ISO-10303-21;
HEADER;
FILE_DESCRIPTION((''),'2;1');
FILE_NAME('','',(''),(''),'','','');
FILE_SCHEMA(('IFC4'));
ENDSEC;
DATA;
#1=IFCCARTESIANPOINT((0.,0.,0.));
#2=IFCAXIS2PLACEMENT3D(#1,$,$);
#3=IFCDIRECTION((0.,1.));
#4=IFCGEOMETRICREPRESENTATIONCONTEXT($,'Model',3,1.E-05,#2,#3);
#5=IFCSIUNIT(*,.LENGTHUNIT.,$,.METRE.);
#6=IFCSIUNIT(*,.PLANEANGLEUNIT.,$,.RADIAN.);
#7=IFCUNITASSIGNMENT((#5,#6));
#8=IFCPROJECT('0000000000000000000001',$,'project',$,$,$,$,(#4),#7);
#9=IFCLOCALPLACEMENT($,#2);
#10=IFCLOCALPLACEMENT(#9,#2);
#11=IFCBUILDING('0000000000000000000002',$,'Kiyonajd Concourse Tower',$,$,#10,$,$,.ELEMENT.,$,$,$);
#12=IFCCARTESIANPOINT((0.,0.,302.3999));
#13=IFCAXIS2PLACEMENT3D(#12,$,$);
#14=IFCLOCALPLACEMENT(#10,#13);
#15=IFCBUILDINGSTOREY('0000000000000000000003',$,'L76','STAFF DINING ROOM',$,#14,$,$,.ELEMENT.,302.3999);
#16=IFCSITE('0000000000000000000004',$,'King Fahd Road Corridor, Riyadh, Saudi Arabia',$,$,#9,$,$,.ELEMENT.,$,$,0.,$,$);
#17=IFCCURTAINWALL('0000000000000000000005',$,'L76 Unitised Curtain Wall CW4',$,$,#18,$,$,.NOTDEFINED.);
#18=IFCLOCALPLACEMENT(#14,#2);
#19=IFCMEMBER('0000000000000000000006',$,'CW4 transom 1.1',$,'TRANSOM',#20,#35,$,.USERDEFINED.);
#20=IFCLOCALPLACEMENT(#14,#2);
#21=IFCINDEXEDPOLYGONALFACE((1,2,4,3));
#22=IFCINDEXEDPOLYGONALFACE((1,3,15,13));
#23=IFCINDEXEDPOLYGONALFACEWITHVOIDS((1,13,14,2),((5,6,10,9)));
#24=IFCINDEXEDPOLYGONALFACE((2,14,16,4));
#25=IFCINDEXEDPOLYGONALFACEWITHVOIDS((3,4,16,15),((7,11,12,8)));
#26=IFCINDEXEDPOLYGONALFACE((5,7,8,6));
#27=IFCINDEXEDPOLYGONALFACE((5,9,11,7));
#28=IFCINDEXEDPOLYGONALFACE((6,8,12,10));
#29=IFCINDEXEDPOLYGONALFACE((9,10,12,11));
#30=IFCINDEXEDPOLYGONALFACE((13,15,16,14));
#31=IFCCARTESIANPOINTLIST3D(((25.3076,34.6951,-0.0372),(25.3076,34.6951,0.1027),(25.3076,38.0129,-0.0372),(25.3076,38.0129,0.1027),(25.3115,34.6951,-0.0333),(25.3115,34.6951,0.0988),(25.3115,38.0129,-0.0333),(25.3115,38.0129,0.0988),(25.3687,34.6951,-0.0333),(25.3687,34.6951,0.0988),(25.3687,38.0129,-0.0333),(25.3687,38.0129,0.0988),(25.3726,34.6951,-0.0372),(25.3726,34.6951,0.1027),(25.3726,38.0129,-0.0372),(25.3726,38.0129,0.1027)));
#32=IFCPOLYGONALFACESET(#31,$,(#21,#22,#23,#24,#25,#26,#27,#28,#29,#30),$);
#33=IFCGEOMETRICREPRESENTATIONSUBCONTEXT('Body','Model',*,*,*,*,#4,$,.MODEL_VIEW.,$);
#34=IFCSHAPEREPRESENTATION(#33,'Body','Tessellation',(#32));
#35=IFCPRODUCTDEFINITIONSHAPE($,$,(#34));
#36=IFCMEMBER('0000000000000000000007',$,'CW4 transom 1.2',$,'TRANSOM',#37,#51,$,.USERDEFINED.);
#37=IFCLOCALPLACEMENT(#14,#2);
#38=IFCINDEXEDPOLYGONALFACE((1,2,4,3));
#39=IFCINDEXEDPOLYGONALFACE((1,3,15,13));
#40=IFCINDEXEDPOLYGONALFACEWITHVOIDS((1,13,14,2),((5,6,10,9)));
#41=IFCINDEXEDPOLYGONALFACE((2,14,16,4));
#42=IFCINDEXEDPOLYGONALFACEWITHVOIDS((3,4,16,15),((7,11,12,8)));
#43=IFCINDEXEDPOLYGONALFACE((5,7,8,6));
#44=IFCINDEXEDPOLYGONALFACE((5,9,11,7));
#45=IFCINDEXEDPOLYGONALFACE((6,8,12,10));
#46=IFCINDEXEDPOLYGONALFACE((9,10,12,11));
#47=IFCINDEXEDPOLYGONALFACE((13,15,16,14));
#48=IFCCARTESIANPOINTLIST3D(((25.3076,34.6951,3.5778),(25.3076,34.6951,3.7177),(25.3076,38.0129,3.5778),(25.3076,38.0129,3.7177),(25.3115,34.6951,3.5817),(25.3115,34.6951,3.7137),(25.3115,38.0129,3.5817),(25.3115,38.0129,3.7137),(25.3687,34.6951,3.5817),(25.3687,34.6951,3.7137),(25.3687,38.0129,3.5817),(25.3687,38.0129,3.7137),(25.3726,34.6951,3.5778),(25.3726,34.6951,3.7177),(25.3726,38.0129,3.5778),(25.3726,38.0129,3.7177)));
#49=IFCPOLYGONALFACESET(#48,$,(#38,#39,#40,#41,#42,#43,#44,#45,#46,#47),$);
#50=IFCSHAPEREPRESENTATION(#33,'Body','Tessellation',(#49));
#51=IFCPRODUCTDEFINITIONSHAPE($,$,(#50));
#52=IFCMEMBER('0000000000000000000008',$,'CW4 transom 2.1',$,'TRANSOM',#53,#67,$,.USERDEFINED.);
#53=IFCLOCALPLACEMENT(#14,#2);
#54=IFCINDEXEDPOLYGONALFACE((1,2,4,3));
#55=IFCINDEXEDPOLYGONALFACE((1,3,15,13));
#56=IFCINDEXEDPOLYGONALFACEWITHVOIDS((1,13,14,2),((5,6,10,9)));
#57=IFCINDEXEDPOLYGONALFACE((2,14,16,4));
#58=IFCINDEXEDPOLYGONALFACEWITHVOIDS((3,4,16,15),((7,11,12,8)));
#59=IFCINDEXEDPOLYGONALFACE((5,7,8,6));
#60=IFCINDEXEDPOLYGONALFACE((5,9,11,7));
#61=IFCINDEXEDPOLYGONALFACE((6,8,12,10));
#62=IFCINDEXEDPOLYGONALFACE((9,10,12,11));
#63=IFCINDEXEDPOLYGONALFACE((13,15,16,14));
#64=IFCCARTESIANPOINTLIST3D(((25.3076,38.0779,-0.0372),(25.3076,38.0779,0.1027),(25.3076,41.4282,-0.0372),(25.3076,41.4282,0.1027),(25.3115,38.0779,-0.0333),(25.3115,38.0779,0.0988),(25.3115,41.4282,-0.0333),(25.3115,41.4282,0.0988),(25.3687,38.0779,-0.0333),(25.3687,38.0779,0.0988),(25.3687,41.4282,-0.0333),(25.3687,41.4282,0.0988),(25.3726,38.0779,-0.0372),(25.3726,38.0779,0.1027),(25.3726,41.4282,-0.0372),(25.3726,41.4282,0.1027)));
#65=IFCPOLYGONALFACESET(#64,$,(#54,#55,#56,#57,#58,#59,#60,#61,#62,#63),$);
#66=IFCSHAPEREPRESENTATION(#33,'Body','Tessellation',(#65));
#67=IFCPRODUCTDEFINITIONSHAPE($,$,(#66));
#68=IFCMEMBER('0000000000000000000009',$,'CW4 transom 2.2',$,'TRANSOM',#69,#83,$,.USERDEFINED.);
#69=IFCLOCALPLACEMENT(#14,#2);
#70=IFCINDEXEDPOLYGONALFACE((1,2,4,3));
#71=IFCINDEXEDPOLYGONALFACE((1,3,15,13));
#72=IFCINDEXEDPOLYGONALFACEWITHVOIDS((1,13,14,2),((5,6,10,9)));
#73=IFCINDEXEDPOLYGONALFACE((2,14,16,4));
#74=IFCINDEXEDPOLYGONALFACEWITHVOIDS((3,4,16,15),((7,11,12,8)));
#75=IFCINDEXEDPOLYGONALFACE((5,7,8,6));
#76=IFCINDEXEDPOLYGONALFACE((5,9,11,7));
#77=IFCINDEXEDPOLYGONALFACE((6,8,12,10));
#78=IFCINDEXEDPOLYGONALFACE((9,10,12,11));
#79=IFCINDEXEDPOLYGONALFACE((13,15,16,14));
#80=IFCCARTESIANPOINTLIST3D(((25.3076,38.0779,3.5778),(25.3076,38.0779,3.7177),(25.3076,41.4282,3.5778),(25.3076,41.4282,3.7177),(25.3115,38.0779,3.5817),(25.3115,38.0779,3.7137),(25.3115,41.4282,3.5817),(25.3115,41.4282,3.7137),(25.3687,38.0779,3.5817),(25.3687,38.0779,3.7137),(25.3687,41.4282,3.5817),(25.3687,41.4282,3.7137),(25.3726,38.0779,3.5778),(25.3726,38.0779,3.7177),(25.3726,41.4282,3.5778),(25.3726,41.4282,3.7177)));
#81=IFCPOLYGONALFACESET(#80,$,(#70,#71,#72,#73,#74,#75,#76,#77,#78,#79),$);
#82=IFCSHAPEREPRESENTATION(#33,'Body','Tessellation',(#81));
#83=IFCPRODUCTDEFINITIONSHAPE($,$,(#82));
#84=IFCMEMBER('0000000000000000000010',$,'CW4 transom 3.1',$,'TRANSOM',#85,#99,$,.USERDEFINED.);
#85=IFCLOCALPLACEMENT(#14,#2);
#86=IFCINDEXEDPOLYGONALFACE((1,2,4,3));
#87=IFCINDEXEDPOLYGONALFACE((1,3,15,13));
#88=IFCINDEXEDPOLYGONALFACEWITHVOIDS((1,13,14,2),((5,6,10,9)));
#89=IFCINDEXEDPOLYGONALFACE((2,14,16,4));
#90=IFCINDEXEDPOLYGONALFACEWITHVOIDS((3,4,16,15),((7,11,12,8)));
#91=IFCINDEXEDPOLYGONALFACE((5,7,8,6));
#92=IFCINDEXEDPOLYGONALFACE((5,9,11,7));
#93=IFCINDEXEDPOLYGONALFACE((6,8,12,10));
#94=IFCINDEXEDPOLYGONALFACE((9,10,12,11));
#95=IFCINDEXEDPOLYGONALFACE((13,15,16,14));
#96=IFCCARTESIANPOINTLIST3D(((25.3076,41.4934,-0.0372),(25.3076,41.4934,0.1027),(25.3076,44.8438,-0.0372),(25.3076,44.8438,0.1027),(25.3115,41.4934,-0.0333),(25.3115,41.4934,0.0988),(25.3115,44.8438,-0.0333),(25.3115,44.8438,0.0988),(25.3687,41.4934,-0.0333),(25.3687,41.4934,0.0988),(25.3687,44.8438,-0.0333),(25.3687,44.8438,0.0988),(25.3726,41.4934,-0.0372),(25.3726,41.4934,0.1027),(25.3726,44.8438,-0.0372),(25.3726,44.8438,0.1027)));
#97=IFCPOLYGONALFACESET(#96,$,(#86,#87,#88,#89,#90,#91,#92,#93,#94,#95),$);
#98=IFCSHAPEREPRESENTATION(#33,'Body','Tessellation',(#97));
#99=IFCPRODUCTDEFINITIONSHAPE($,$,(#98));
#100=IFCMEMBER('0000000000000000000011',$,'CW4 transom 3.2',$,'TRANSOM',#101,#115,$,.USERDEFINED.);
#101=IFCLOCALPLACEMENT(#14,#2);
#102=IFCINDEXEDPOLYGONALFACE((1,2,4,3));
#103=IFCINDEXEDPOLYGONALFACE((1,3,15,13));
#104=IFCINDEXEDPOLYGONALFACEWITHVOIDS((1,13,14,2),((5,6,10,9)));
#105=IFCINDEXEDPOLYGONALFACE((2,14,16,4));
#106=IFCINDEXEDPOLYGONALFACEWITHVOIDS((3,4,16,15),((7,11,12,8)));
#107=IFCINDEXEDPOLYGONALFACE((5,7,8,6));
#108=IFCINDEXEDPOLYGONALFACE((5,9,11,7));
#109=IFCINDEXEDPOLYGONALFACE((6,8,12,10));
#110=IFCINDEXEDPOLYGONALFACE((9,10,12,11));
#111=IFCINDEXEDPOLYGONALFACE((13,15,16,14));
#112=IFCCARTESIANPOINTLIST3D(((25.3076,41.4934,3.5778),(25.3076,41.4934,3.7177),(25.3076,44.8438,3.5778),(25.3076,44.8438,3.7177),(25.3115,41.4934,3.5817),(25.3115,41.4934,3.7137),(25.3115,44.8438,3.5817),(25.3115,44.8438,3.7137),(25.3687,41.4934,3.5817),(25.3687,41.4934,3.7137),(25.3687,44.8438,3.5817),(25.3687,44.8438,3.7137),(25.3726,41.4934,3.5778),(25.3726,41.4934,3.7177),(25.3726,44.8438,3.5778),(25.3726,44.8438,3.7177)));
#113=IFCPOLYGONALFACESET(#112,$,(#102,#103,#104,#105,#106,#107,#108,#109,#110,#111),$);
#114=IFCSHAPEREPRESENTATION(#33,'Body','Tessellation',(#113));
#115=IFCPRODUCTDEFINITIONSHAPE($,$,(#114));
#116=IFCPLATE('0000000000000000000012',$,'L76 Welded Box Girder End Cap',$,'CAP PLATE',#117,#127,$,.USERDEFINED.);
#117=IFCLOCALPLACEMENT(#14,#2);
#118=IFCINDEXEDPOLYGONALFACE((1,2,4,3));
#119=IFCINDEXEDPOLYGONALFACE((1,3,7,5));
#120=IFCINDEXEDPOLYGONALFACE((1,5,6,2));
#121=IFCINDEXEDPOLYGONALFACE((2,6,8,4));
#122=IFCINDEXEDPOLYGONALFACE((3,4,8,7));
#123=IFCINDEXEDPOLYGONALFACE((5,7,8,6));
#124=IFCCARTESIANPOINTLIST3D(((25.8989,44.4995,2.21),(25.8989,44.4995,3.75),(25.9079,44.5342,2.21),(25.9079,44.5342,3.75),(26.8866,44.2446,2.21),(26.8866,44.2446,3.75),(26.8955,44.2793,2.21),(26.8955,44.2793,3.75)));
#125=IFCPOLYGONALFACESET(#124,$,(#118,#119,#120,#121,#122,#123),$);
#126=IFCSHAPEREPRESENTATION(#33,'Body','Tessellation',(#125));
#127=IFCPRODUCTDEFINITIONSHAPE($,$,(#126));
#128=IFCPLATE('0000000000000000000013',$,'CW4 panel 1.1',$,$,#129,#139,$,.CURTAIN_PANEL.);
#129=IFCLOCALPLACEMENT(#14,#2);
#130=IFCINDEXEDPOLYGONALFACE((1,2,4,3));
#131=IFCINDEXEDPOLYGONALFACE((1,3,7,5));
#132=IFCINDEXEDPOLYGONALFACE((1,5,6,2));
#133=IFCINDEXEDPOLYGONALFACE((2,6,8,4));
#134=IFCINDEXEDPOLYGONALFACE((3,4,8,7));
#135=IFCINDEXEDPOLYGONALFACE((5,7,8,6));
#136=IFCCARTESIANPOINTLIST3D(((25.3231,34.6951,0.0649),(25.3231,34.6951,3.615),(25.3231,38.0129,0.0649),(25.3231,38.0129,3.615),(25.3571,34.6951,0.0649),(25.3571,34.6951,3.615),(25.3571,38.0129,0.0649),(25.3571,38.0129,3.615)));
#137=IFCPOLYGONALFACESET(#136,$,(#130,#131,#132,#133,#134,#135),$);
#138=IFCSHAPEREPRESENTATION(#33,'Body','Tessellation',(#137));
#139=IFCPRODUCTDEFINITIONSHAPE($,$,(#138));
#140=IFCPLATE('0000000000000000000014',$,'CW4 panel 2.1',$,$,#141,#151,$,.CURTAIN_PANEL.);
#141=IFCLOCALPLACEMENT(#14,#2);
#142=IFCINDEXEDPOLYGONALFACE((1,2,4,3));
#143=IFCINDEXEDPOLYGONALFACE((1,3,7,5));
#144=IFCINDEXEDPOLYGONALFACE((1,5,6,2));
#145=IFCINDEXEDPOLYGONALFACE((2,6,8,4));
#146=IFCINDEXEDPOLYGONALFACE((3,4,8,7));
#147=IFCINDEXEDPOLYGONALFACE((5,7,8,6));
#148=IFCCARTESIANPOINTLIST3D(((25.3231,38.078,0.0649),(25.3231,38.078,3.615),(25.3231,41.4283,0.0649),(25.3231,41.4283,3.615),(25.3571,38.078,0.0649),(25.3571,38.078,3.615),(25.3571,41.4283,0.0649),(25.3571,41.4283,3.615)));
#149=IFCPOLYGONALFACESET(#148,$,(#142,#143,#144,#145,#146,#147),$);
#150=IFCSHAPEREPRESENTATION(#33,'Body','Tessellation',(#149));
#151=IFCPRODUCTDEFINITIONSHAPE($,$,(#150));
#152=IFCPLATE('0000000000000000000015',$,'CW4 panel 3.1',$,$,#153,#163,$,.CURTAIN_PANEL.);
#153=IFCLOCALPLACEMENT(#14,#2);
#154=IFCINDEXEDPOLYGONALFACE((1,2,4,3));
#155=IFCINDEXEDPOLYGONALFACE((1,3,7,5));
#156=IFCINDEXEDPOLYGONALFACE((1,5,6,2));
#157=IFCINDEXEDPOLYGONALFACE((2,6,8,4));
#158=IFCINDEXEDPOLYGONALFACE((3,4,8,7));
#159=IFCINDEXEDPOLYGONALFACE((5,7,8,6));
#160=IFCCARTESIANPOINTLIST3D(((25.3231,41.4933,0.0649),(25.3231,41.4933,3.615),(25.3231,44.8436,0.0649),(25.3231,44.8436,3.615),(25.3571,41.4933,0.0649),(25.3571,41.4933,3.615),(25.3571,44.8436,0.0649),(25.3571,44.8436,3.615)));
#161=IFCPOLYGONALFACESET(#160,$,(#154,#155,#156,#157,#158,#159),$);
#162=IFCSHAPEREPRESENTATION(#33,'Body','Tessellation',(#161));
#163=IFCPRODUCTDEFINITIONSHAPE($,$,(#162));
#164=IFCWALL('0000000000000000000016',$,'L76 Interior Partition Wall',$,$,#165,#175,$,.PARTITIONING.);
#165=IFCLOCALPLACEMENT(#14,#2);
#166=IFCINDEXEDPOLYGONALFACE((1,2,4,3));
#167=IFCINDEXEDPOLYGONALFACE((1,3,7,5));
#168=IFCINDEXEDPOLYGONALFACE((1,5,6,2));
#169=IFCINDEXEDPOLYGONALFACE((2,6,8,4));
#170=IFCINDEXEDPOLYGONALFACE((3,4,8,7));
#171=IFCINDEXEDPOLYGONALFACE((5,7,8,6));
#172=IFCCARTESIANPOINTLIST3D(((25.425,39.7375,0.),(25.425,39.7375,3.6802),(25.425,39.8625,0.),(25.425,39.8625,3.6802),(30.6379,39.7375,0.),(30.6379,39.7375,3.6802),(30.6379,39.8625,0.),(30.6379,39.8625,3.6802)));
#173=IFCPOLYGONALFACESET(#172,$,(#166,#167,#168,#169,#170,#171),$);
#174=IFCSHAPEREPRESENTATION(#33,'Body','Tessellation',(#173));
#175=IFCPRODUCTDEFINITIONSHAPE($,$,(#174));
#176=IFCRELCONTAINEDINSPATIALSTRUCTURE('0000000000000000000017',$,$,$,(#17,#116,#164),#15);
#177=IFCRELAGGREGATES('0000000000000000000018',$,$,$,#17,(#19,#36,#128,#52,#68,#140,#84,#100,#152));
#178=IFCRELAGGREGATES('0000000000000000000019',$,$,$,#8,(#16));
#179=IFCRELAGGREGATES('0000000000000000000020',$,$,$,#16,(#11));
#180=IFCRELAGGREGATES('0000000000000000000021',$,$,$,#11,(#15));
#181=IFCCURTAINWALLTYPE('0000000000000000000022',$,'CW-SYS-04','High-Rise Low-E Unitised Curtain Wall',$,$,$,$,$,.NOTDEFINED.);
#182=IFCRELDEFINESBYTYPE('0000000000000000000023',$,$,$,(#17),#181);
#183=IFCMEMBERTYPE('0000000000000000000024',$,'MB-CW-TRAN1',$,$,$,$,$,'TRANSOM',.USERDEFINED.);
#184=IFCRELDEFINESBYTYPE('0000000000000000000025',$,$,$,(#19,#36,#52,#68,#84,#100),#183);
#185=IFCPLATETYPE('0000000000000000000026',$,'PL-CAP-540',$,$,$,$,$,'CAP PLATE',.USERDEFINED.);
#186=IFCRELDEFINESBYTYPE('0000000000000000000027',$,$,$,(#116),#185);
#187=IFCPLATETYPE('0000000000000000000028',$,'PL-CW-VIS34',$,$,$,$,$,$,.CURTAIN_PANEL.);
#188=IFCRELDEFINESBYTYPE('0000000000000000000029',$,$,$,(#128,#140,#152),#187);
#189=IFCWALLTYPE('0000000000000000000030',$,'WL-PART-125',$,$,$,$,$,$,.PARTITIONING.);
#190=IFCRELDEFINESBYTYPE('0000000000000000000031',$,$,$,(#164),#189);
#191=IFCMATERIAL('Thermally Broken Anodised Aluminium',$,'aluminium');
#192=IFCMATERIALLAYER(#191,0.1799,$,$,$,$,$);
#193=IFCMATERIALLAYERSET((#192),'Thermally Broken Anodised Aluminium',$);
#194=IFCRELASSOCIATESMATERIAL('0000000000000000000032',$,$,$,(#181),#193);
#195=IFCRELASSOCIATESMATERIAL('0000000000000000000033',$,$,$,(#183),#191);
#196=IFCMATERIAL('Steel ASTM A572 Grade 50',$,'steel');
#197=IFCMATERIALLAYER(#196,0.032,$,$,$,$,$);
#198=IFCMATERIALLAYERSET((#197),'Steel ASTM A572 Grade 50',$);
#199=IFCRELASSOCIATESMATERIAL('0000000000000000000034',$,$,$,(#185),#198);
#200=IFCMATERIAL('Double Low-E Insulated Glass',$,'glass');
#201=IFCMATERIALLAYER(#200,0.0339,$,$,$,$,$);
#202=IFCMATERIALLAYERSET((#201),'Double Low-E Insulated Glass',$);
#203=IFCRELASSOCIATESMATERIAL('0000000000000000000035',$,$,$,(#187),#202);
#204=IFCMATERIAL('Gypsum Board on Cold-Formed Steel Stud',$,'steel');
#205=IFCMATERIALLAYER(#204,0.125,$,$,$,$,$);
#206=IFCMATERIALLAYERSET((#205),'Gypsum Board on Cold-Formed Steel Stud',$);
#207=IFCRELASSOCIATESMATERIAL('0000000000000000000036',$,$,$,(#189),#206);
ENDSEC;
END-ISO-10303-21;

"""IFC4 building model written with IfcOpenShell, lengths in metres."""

from ifc_helpers import new_model, si_unit, direction, frame, frame_2d, origin, origin_2d, place, context, subcontext, project, spatial, rectangle, hollow_rectangle, extrude, material, layer, layer_set, material_profile, profile_set, type_object, element, aggregate, save


model = new_model("IFC4")

# Units and contexts
model_context = context("Model", 3, precision=1e-05, world=origin(), true_north=direction((0.0, 1.0)))
body_context = subcontext(model_context, "Body", "Model", "MODEL_VIEW")
ifc_project = project(units=[si_unit("LENGTHUNIT", "METRE"), si_unit("PLANEANGLEUNIT", "RADIAN")], contexts=[model_context])

# Site, building, storey
site_placement = place(None, origin())
site = spatial("IfcSite", under=ifc_project, at=site_placement, Name="King Fahd Road Corridor, Riyadh, Saudi Arabia", CompositionType="ELEMENT", RefElevation=0.0)
building_placement = place(site_placement, origin())
building = spatial("IfcBuilding", under=site, at=building_placement, Name="Kiyonajd Concourse Tower", CompositionType="ELEMENT")
storey_placement = place(building_placement, frame((0.0, 0.0, 302.3999)))
storey = spatial("IfcBuildingStorey", under=building, at=storey_placement, Name="L76", Description="STAFF DINING ROOM", CompositionType="ELEMENT", Elevation=302.3999)

# Curtain wall, members
ifc_material_1 = material(Name="Thermally Broken Anodised Aluminium", Category="aluminium")
ifc_layer_1 = layer(ifc_material_1, 0.1799)
ifc_layer_set_1 = layer_set([ifc_layer_1], Name="Thermally Broken Anodised Aluminium")
curtain_wall_type = type_object("IfcCurtainWallType", Name="CW-SYS-04", Description="High-Rise Low-E Unitised Curtain Wall", PredefinedType="NOTDEFINED", material=ifc_layer_set_1)
curtain_wall_placement = place(storey_placement, origin())
curtain_wall = element("IfcCurtainWall", 1, at=curtain_wall_placement, inside=storey, type_object=curtain_wall_type, Name="L76 Unitised Curtain Wall CW4", PredefinedType="NOTDEFINED")
ifc_material_profile_1 = material_profile(ifc_material_1, hollow_rectangle(XDim=0.0649, YDim=0.1399, WallThickness=0.0039, at=origin_2d()), Name="TRAN-65x140")
ifc_profile_set_1 = profile_set([ifc_material_profile_1], Name="Thermally Broken Anodised Aluminium")
member_type_1 = type_object("IfcMemberType", Name="MB-CW-TRAN1", ElementType="TRANSOM", PredefinedType="USERDEFINED", material=ifc_profile_set_1)
member_1_placement = place(storey_placement, frame((25.3401, 34.6951, 0.0327), z_axis=(0.0, 1.0, 0.0), x_axis=(-1.0, 0.0, 0.0)))
member_1 = element("IfcMember", 2, at=member_1_placement, type_object=member_type_1, Name="CW4 transom 1.1", ObjectType="TRANSOM", PredefinedType="USERDEFINED", context=body_context, shape_type="SweptSolid", body=[
    extrude(hollow_rectangle(XDim=0.0649, YDim=0.1399, WallThickness=0.0039, at=origin_2d()), origin(), (0.0, 0.0, 1.0), 3.3179),
])
member_2_placement = place(storey_placement, frame((25.3401, 34.6951, 3.6477), z_axis=(0.0, 1.0, 0.0), x_axis=(-1.0, 0.0, 0.0)))
member_2 = element("IfcMember", 3, at=member_2_placement, type_object=member_type_1, Name="CW4 transom 1.2", ObjectType="TRANSOM", PredefinedType="USERDEFINED", context=body_context, shape_type="SweptSolid", body=[
    extrude(hollow_rectangle(XDim=0.0649, YDim=0.1399, WallThickness=0.0039, at=origin_2d()), origin(), (0.0, 0.0, 1.0), 3.3179),
])
member_3_placement = place(storey_placement, frame((25.3401, 38.0779, 0.0327), z_axis=(0.0, 1.0, 0.0), x_axis=(-1.0, 0.0, 0.0)))
member_3 = element("IfcMember", 4, at=member_3_placement, type_object=member_type_1, Name="CW4 transom 2.1", ObjectType="TRANSOM", PredefinedType="USERDEFINED", context=body_context, shape_type="SweptSolid", body=[
    extrude(hollow_rectangle(XDim=0.0649, YDim=0.1399, WallThickness=0.0039, at=origin_2d()), origin(), (0.0, 0.0, 1.0), 3.3503),
])
member_4_placement = place(storey_placement, frame((25.3401, 38.0779, 3.6477), z_axis=(0.0, 1.0, 0.0), x_axis=(-1.0, 0.0, 0.0)))
member_4 = element("IfcMember", 5, at=member_4_placement, type_object=member_type_1, Name="CW4 transom 2.2", ObjectType="TRANSOM", PredefinedType="USERDEFINED", context=body_context, shape_type="SweptSolid", body=[
    extrude(hollow_rectangle(XDim=0.0649, YDim=0.1399, WallThickness=0.0039, at=origin_2d()), origin(), (0.0, 0.0, 1.0), 3.3503),
])
member_5_placement = place(storey_placement, frame((25.3401, 41.4934, 0.0327), z_axis=(0.0, 1.0, 0.0), x_axis=(-1.0, 0.0, 0.0)))
member_5 = element("IfcMember", 6, at=member_5_placement, type_object=member_type_1, Name="CW4 transom 3.1", ObjectType="TRANSOM", PredefinedType="USERDEFINED", context=body_context, shape_type="SweptSolid", body=[
    extrude(hollow_rectangle(XDim=0.0649, YDim=0.1399, WallThickness=0.0039, at=origin_2d()), origin(), (0.0, 0.0, 1.0), 3.3503),
])
member_6_placement = place(storey_placement, frame((25.3401, 41.4934, 3.6477), z_axis=(0.0, 1.0, 0.0), x_axis=(-1.0, 0.0, 0.0)))
member_6 = element("IfcMember", 7, at=member_6_placement, type_object=member_type_1, Name="CW4 transom 3.2", ObjectType="TRANSOM", PredefinedType="USERDEFINED", context=body_context, shape_type="SweptSolid", body=[
    extrude(hollow_rectangle(XDim=0.0649, YDim=0.1399, WallThickness=0.0039, at=origin_2d()), origin(), (0.0, 0.0, 1.0), 3.3503),
])

# Plates
ifc_material_2 = material(Name="Steel ASTM A572 Grade 50", Category="steel")
ifc_layer_2 = layer(ifc_material_2, 0.032)
ifc_layer_set_2 = layer_set([ifc_layer_2], Name="Steel ASTM A572 Grade 50")
plate_type_1 = type_object("IfcPlateType", Name="PL-CAP-540", ElementType="CAP PLATE", PredefinedType="USERDEFINED", material=ifc_layer_set_2)
plate_1_placement = place(storey_placement, frame((26.3972, 44.3894, 2.21), z_axis=(0.0, 0.0, 1.0), x_axis=(-0.249873, -0.968279, 0.0)))
element("IfcPlate", 8, at=plate_1_placement, inside=storey, type_object=plate_type_1, Name="L76 Welded Box Girder End Cap", ObjectType="CAP PLATE", PredefinedType="USERDEFINED", context=body_context, shape_type="SweptSolid", body=[
    extrude(rectangle(XDim=0.0359, YDim=1.02, at=origin_2d()), origin(), (0.0, 0.0, 1.0), 1.54),
])
ifc_material_3 = material(Name="Double Low-E Insulated Glass", Category="glass")
ifc_layer_3 = layer(ifc_material_3, 0.0339)
ifc_layer_set_3 = layer_set([ifc_layer_3], Name="Double Low-E Insulated Glass")
plate_type_2 = type_object("IfcPlateType", Name="PL-CW-VIS34", PredefinedType="CURTAIN_PANEL", material=ifc_layer_set_3)
plate_2_placement = place(storey_placement, frame((25.3401, 36.354, 0.0649), z_axis=(0.0, 0.0, 1.0), x_axis=(0.0, 1.0, 0.0)))
plate_2 = element("IfcPlate", 9, at=plate_2_placement, type_object=plate_type_2, Name="CW4 panel 1.1", PredefinedType="CURTAIN_PANEL", context=body_context, shape_type="SweptSolid", body=[
    extrude(rectangle(XDim=3.3179, YDim=0.0339, at=origin_2d()), origin(), (0.0, 0.0, 1.0), 3.55),
])
plate_3_placement = place(storey_placement, frame((25.3401, 39.7532, 0.0649), z_axis=(0.0, 0.0, 1.0), x_axis=(0.0, 1.0, 0.0)))
plate_3 = element("IfcPlate", 10, at=plate_3_placement, type_object=plate_type_2, Name="CW4 panel 2.1", PredefinedType="CURTAIN_PANEL", context=body_context, shape_type="SweptSolid", body=[
    extrude(rectangle(XDim=3.3503, YDim=0.0339, at=origin_2d()), origin(), (0.0, 0.0, 1.0), 3.55),
])
plate_4_placement = place(storey_placement, frame((25.3401, 43.1685, 0.0649), z_axis=(0.0, 0.0, 1.0), x_axis=(0.0, 1.0, 0.0)))
plate_4 = element("IfcPlate", 11, at=plate_4_placement, type_object=plate_type_2, Name="CW4 panel 3.1", PredefinedType="CURTAIN_PANEL", context=body_context, shape_type="SweptSolid", body=[
    extrude(rectangle(XDim=3.3503, YDim=0.0339, at=origin_2d()), origin(), (0.0, 0.0, 1.0), 3.55),
])
aggregate(curtain_wall, [member_1, member_2, plate_2, member_3, member_4, plate_3, member_5, member_6, plate_4])

# Wall
ifc_material_4 = material(Name="Gypsum Board on Cold-Formed Steel Stud", Category="steel")
ifc_layer_4 = layer(ifc_material_4, 0.125)
ifc_layer_set_4 = layer_set([ifc_layer_4], Name="Gypsum Board on Cold-Formed Steel Stud")
wall_type = type_object("IfcWallType", Name="WL-PART-125", PredefinedType="PARTITIONING", material=ifc_layer_set_4)
wall_placement = place(storey_placement, frame((25.425, 39.8, 0.0), z_axis=(0.0, 0.0, 1.0), x_axis=(1.0, 0.0, 0.0)))
element("IfcWall", 12, at=wall_placement, inside=storey, type_object=wall_type, Name="L76 Interior Partition Wall", PredefinedType="PARTITIONING", context=body_context, shape_type="SweptSolid", body=[
    extrude(rectangle(XDim=5.2129, YDim=0.125, at=frame_2d((2.6064, 0.0))), origin(), (0.0, 0.0, 1.0), 3.6802),
])

save(model, "model.ifc")
